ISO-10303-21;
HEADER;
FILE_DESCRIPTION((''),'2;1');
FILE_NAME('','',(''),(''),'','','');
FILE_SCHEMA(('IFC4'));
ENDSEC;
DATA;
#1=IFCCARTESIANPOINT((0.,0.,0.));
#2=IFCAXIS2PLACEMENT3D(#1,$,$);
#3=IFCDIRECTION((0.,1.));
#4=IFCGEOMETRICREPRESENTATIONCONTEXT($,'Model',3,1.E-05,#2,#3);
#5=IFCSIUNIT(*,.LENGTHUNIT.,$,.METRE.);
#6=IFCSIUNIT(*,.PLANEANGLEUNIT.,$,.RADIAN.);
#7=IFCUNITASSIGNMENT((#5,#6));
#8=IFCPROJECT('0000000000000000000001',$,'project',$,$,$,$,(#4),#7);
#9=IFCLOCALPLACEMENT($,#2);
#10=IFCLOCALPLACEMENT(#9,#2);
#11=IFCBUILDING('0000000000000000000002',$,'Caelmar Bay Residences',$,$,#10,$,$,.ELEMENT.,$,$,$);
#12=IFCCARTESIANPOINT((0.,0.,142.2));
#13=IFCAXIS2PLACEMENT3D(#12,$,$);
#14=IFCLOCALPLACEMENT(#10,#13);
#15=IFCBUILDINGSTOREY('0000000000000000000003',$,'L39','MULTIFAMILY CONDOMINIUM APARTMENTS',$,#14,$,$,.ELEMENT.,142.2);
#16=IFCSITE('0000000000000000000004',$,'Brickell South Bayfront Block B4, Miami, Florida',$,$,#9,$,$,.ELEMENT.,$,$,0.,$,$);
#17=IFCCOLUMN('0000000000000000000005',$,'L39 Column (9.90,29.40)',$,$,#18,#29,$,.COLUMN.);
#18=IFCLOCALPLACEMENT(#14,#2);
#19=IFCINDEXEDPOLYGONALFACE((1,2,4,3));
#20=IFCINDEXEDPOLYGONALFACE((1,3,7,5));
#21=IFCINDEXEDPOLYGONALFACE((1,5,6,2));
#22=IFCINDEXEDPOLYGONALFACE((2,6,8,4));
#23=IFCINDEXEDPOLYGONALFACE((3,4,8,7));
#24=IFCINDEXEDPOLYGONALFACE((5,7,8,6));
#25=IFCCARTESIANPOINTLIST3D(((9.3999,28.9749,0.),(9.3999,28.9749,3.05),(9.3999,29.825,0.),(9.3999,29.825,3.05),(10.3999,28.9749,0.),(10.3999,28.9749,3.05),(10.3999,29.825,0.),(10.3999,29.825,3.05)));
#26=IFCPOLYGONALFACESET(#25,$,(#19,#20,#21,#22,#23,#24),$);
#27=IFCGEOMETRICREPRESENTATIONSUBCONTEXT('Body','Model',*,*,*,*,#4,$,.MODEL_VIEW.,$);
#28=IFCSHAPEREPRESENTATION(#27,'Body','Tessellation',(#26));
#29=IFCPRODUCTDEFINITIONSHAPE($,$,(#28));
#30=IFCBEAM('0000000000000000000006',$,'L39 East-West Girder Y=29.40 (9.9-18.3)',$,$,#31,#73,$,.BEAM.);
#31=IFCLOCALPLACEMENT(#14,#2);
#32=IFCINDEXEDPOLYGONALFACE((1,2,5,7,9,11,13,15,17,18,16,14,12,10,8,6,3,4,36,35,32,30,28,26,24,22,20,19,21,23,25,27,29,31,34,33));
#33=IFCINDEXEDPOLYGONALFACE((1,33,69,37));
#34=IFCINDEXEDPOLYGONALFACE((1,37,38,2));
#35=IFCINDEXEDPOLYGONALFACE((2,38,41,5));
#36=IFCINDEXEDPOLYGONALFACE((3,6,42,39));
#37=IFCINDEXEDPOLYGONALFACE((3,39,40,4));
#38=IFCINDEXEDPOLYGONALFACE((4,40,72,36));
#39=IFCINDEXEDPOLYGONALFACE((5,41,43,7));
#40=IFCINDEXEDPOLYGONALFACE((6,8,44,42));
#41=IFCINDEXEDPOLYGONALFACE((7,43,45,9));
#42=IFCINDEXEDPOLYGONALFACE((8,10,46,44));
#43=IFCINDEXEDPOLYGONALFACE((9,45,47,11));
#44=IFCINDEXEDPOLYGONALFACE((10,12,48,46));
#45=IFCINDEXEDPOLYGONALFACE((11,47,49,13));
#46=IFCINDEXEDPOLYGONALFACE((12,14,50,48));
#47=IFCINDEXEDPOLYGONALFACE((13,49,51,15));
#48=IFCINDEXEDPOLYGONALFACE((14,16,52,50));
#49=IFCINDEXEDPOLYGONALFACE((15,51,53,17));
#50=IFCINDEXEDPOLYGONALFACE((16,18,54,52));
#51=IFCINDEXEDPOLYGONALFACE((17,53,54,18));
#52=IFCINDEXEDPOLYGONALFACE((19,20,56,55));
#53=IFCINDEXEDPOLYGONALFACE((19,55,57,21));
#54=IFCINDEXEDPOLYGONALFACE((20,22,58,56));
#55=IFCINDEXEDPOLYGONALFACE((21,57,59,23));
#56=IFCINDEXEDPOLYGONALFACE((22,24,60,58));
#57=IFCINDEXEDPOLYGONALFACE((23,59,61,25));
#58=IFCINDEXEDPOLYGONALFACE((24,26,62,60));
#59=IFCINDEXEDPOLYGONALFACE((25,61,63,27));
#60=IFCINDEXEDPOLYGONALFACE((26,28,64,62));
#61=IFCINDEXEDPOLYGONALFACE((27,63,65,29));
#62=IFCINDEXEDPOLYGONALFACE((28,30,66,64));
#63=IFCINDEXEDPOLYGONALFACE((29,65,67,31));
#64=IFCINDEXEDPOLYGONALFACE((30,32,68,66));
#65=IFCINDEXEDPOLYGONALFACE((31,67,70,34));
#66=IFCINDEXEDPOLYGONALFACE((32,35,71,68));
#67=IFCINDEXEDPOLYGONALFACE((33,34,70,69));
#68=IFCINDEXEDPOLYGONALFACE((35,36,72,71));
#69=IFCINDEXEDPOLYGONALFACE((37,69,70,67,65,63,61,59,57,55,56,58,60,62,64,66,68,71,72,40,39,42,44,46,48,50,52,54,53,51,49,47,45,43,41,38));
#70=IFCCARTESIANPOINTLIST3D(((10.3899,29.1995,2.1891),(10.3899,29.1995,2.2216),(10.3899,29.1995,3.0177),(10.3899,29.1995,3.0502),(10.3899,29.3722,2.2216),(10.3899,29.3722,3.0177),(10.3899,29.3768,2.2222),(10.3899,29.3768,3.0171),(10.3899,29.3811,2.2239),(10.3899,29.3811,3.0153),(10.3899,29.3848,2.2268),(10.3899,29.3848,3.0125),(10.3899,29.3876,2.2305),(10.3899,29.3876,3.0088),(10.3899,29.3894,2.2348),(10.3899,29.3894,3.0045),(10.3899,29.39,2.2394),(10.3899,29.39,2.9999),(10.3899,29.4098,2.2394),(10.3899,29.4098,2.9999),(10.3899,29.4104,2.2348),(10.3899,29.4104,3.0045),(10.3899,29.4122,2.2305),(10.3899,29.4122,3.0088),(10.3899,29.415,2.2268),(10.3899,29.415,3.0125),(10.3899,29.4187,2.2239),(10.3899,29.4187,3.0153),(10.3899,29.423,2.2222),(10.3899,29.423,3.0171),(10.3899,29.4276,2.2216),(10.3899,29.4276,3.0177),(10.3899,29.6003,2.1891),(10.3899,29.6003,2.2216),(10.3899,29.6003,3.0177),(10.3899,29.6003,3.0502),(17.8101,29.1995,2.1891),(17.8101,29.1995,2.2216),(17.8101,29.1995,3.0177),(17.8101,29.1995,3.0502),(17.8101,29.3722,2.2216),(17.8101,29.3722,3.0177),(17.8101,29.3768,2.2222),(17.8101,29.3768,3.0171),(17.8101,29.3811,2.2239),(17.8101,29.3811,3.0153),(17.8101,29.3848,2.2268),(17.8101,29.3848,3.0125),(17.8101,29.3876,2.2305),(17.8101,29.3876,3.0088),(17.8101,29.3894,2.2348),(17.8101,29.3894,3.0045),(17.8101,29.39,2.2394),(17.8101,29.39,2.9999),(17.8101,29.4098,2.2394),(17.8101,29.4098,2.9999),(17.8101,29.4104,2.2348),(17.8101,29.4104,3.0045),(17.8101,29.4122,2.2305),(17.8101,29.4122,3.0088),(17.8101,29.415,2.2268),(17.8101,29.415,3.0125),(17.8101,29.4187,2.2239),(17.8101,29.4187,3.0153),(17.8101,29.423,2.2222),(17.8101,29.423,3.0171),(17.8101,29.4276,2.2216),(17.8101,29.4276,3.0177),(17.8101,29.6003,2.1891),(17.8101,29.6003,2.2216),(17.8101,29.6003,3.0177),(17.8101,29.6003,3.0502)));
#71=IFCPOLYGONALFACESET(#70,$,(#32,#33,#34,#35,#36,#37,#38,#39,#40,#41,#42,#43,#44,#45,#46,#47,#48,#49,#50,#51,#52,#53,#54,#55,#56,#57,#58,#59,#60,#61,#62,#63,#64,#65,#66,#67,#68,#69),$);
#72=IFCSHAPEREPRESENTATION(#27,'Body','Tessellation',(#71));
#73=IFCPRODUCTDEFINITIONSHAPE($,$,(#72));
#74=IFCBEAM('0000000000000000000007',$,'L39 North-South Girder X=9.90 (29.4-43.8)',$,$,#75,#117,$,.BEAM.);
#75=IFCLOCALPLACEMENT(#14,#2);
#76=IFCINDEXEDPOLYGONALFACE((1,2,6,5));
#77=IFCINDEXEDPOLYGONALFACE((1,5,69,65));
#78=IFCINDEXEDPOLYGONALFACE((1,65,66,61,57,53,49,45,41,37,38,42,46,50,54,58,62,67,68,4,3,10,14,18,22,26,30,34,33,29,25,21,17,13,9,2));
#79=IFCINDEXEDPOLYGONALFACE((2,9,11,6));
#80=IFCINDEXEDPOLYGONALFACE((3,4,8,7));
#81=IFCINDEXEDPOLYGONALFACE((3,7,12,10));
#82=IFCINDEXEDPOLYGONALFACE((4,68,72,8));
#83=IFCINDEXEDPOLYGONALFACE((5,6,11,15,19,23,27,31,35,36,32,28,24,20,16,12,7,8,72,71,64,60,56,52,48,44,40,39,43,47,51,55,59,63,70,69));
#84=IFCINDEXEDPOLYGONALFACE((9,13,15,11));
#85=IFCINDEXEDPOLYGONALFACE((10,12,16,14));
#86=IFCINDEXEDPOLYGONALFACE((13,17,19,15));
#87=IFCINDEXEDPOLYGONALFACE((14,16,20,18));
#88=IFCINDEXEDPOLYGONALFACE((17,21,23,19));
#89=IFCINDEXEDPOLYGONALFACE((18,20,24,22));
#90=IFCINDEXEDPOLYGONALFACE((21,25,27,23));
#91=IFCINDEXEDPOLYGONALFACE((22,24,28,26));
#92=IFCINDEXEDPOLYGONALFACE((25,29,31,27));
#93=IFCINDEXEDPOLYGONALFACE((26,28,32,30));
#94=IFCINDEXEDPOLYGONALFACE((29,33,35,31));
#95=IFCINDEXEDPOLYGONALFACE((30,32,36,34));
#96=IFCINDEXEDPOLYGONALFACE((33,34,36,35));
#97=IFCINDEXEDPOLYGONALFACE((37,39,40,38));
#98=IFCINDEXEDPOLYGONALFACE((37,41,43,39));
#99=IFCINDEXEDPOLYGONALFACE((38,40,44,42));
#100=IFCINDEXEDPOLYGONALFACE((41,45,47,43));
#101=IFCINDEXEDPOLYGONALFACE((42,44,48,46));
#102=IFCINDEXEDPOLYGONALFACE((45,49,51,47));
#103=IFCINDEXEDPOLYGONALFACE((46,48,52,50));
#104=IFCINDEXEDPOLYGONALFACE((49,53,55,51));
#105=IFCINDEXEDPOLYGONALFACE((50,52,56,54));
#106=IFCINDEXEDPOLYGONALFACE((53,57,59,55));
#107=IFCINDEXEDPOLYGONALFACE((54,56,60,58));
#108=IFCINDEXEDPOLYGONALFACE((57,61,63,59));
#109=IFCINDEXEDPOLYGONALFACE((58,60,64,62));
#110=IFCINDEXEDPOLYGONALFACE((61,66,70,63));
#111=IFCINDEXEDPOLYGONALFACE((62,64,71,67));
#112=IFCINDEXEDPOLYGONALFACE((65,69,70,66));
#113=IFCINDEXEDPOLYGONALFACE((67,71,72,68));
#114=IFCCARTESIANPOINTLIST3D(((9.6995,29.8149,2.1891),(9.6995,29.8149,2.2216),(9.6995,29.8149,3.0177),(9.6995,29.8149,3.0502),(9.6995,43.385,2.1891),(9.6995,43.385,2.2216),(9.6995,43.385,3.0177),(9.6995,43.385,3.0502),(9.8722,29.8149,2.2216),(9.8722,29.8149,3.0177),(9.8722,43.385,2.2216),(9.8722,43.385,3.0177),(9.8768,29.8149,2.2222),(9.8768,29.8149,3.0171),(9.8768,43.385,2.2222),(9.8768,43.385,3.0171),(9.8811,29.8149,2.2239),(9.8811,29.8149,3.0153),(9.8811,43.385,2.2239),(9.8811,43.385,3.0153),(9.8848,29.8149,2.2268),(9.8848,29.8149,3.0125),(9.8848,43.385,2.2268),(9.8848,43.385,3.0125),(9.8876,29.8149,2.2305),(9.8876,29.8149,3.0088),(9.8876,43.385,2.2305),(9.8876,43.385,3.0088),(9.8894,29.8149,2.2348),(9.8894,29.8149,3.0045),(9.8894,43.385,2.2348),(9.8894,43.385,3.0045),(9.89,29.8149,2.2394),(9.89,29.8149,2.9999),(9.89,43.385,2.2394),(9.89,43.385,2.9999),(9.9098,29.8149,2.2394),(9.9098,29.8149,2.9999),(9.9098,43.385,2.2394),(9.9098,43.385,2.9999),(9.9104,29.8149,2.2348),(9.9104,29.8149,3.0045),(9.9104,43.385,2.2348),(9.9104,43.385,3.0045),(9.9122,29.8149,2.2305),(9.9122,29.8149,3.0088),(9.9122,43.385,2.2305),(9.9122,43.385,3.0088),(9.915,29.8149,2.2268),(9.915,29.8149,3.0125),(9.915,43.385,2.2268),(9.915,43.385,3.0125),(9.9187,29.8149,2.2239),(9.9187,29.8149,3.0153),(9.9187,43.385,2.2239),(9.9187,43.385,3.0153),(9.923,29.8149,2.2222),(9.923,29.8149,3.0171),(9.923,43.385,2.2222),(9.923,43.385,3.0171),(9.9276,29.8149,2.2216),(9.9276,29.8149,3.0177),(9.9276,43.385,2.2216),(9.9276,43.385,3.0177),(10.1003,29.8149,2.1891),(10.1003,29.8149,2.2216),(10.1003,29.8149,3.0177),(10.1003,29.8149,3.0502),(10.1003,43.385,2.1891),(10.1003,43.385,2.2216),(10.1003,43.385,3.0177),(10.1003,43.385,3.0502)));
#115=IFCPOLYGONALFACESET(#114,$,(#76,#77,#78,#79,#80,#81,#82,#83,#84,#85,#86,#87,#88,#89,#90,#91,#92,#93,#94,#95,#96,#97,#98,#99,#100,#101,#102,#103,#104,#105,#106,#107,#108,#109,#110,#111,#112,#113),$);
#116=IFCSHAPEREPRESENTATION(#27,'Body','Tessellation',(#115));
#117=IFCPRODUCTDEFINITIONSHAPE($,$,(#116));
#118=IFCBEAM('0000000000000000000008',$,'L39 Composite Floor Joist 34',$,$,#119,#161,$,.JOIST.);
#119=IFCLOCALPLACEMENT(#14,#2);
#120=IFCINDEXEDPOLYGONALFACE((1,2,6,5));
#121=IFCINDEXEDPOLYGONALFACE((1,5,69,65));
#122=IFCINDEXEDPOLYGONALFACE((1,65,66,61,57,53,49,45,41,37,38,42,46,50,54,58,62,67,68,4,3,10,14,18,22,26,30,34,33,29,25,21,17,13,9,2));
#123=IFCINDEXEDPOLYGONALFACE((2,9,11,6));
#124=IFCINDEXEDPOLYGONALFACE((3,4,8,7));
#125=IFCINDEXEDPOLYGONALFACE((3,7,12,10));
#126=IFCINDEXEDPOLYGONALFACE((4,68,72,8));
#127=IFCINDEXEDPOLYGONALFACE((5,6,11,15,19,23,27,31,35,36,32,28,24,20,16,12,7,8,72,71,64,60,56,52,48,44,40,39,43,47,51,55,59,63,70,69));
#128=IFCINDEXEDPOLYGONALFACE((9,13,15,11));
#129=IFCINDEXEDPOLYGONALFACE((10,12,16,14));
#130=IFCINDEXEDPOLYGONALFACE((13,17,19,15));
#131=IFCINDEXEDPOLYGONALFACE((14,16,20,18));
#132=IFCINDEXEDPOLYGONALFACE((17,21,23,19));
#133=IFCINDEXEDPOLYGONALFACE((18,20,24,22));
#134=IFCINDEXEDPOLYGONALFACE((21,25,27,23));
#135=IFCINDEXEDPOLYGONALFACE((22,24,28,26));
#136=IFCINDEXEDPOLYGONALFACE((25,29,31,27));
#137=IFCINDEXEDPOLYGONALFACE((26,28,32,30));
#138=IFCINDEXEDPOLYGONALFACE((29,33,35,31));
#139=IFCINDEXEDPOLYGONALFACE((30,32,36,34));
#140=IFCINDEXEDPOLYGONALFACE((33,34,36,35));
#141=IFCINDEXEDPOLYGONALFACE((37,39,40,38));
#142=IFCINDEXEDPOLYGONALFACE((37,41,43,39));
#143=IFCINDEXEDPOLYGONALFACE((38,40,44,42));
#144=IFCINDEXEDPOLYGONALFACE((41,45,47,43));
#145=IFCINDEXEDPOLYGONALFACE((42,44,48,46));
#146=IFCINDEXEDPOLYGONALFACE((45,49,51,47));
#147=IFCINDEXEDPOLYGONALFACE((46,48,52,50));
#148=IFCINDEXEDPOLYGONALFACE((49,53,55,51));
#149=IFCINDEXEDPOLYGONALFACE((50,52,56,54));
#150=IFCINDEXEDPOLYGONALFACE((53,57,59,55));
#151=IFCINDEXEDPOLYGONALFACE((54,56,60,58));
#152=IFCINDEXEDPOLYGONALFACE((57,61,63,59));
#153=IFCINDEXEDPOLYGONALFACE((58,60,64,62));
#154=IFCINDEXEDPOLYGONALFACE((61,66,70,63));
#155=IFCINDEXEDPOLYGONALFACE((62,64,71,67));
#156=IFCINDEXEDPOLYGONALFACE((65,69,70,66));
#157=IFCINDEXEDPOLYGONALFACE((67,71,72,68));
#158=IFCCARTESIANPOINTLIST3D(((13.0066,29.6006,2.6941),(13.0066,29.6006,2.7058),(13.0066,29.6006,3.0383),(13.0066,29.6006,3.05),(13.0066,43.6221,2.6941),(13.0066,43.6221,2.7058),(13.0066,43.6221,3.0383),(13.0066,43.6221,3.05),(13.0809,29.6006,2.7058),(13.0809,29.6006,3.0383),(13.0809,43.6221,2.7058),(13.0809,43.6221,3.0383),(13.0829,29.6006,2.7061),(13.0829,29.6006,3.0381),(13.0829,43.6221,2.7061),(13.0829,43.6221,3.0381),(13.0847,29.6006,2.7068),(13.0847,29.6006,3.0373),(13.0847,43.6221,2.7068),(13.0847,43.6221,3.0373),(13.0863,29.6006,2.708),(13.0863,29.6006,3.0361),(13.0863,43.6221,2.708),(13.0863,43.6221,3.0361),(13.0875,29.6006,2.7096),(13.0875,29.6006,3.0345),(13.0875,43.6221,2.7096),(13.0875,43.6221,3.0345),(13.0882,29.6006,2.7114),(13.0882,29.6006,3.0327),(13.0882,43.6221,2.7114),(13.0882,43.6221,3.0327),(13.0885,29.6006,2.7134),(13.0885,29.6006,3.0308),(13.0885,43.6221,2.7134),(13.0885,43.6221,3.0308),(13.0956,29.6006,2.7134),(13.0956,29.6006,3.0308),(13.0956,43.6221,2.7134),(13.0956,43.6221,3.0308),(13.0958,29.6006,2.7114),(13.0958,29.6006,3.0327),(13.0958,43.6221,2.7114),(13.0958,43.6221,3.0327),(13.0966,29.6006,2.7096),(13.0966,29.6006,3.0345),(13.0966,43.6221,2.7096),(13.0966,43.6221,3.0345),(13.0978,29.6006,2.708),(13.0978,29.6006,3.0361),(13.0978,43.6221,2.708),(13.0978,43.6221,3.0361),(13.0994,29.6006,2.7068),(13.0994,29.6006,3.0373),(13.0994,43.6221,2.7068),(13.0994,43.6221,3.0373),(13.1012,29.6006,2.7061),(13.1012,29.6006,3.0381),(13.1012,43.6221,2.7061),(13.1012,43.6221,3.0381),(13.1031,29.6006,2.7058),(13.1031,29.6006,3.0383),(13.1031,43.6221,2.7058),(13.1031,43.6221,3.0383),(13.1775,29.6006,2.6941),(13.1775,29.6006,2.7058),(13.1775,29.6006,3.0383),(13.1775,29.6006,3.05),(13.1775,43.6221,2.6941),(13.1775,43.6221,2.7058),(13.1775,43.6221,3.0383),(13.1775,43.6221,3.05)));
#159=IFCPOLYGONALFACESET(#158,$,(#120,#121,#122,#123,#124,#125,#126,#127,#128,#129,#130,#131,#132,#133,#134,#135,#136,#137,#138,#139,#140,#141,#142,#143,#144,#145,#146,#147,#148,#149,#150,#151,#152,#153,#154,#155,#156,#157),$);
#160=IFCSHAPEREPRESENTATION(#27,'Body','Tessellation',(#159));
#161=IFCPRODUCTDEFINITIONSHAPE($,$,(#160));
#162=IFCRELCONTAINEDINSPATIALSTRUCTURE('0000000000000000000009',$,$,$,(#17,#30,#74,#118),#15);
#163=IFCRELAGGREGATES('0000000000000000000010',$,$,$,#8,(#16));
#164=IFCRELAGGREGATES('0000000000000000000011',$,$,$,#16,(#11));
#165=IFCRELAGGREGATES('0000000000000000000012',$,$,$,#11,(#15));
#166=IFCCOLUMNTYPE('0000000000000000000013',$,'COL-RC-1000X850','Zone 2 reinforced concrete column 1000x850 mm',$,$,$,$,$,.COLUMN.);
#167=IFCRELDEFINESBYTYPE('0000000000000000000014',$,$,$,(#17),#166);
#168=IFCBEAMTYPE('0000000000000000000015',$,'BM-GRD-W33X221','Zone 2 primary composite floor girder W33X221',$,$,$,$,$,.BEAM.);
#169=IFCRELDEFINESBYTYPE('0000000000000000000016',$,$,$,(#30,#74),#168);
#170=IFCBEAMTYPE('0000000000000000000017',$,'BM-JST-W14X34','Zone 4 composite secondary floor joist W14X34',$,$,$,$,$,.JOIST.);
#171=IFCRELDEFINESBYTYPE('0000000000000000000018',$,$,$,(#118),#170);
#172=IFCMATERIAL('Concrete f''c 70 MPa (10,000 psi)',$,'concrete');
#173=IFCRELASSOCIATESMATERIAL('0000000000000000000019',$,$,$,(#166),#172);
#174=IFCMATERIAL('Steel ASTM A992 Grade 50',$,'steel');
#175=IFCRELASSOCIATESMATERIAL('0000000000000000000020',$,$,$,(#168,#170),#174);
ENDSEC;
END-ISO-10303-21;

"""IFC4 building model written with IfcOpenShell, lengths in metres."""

from ifc_helpers import new_model, si_unit, direction, frame, origin, origin_2d, place, context, subcontext, project, spatial, rectangle, i_section, extrude, material, material_profile, profile_set, type_object, element, save


model = new_model("IFC4")

# Units and contexts
model_context = context("Model", 3, precision=1e-05, world=origin(), true_north=direction((0.0, 1.0)))
body_context = subcontext(model_context, "Body", "Model", "MODEL_VIEW")
ifc_project = project(units=[si_unit("LENGTHUNIT", "METRE"), si_unit("PLANEANGLEUNIT", "RADIAN")], contexts=[model_context])

# Site, building, storey
site_placement = place(None, origin())
site = spatial("IfcSite", under=ifc_project, at=site_placement, Name="Brickell South Bayfront Block B4, Miami, Florida", CompositionType="ELEMENT", RefElevation=0.0)
building_placement = place(site_placement, origin())
building = spatial("IfcBuilding", under=site, at=building_placement, Name="Caelmar Bay Residences", CompositionType="ELEMENT")
storey_placement = place(building_placement, frame((0.0, 0.0, 142.2)))
storey = spatial("IfcBuildingStorey", under=building, at=storey_placement, Name="L39", Description="MULTIFAMILY CONDOMINIUM APARTMENTS", CompositionType="ELEMENT", Elevation=142.2)

# Column
ifc_material_1 = material(Name="Concrete f'c 70 MPa (10,000 psi)", Category="concrete")
ifc_material_profile_1 = material_profile(ifc_material_1, rectangle(XDim=1.0, YDim=0.8501, at=origin_2d()), Name="RC-COL-1000X850")
ifc_profile_set_1 = profile_set([ifc_material_profile_1], Name="Concrete f'c 70 MPa (10,000 psi)")
column_type = type_object("IfcColumnType", Name="COL-RC-1000X850", Description="Zone 2 reinforced concrete column 1000x850 mm", PredefinedType="COLUMN", material=ifc_profile_set_1)
column_placement = place(storey_placement, frame((9.8999, 29.3999, 0.0), z_axis=(0.0, 0.0, 1.0), x_axis=(1.0, 0.0, 0.0)))
element("IfcColumn", 1, at=column_placement, inside=storey, type_object=column_type, Name="L39 Column (9.90,29.40)", PredefinedType="COLUMN", context=body_context, shape_type="SweptSolid", body=[
    extrude(rectangle(XDim=1.0, YDim=0.8501, at=origin_2d()), origin(), (0.0, 0.0, 1.0), 3.05),
])

# Beams
ifc_material_2 = material(Name="Steel ASTM A992 Grade 50", Category="steel")
ifc_material_profile_2 = material_profile(ifc_material_2, i_section(OverallWidth=0.4009, OverallDepth=0.8611, WebThickness=0.0198, FlangeThickness=0.0325, FilletRadius=0.0178, at=origin_2d()), Name="W33X221")
ifc_profile_set_2 = profile_set([ifc_material_profile_2], Name="Steel ASTM A992 Grade 50")
beam_type_1 = type_object("IfcBeamType", Name="BM-GRD-W33X221", Description="Zone 2 primary composite floor girder W33X221", PredefinedType="BEAM", material=ifc_profile_set_2)
beam_1_placement = place(storey_placement, frame((10.3899, 29.3999, 2.6196), z_axis=(1.0, 0.0, 0.0), x_axis=(0.0, 1.0, 0.0)))
element("IfcBeam", 2, at=beam_1_placement, inside=storey, type_object=beam_type_1, Name="L39 East-West Girder Y=29.40 (9.9-18.3)", PredefinedType="BEAM", context=body_context, shape_type="SweptSolid", body=[
    extrude(i_section(OverallWidth=0.4009, OverallDepth=0.8611, WebThickness=0.0198, FlangeThickness=0.0325, FilletRadius=0.0178, at=origin_2d()), origin(), (0.0, 0.0, 1.0), 7.4202),
])
beam_2_placement = place(storey_placement, frame((9.8999, 29.8149, 2.6196), z_axis=(0.0, 1.0, 0.0), x_axis=(-1.0, 0.0, 0.0)))
element("IfcBeam", 3, at=beam_2_placement, inside=storey, type_object=beam_type_1, Name="L39 North-South Girder X=9.90 (29.4-43.8)", PredefinedType="BEAM", context=body_context, shape_type="SweptSolid", body=[
    extrude(i_section(OverallWidth=0.4009, OverallDepth=0.8611, WebThickness=0.0198, FlangeThickness=0.0325, FilletRadius=0.0178, at=origin_2d()), origin(), (0.0, 0.0, 1.0), 13.5701),
])
ifc_material_profile_3 = material_profile(ifc_material_2, i_section(OverallWidth=0.1709, OverallDepth=0.356, WebThickness=0.0071, FlangeThickness=0.0117, FilletRadius=0.0076, at=origin_2d()), Name="W14X34")
ifc_profile_set_3 = profile_set([ifc_material_profile_3], Name="Steel ASTM A992 Grade 50")
beam_type_2 = type_object("IfcBeamType", Name="BM-JST-W14X34", Description="Zone 4 composite secondary floor joist W14X34", PredefinedType="JOIST", material=ifc_profile_set_3)
beam_3_placement = place(storey_placement, frame((13.092, 29.6006, 2.8721), z_axis=(0.0, 1.0, 0.0), x_axis=(-1.0, 0.0, 0.0)))
element("IfcBeam", 4, at=beam_3_placement, inside=storey, type_object=beam_type_2, Name="L39 Composite Floor Joist 34", PredefinedType="JOIST", context=body_context, shape_type="SweptSolid", body=[
    extrude(i_section(OverallWidth=0.1709, OverallDepth=0.356, WebThickness=0.0071, FlangeThickness=0.0117, FilletRadius=0.0076, at=origin_2d()), origin(), (0.0, 0.0, 1.0), 14.0215),
])

save(model, "model.ifc")
